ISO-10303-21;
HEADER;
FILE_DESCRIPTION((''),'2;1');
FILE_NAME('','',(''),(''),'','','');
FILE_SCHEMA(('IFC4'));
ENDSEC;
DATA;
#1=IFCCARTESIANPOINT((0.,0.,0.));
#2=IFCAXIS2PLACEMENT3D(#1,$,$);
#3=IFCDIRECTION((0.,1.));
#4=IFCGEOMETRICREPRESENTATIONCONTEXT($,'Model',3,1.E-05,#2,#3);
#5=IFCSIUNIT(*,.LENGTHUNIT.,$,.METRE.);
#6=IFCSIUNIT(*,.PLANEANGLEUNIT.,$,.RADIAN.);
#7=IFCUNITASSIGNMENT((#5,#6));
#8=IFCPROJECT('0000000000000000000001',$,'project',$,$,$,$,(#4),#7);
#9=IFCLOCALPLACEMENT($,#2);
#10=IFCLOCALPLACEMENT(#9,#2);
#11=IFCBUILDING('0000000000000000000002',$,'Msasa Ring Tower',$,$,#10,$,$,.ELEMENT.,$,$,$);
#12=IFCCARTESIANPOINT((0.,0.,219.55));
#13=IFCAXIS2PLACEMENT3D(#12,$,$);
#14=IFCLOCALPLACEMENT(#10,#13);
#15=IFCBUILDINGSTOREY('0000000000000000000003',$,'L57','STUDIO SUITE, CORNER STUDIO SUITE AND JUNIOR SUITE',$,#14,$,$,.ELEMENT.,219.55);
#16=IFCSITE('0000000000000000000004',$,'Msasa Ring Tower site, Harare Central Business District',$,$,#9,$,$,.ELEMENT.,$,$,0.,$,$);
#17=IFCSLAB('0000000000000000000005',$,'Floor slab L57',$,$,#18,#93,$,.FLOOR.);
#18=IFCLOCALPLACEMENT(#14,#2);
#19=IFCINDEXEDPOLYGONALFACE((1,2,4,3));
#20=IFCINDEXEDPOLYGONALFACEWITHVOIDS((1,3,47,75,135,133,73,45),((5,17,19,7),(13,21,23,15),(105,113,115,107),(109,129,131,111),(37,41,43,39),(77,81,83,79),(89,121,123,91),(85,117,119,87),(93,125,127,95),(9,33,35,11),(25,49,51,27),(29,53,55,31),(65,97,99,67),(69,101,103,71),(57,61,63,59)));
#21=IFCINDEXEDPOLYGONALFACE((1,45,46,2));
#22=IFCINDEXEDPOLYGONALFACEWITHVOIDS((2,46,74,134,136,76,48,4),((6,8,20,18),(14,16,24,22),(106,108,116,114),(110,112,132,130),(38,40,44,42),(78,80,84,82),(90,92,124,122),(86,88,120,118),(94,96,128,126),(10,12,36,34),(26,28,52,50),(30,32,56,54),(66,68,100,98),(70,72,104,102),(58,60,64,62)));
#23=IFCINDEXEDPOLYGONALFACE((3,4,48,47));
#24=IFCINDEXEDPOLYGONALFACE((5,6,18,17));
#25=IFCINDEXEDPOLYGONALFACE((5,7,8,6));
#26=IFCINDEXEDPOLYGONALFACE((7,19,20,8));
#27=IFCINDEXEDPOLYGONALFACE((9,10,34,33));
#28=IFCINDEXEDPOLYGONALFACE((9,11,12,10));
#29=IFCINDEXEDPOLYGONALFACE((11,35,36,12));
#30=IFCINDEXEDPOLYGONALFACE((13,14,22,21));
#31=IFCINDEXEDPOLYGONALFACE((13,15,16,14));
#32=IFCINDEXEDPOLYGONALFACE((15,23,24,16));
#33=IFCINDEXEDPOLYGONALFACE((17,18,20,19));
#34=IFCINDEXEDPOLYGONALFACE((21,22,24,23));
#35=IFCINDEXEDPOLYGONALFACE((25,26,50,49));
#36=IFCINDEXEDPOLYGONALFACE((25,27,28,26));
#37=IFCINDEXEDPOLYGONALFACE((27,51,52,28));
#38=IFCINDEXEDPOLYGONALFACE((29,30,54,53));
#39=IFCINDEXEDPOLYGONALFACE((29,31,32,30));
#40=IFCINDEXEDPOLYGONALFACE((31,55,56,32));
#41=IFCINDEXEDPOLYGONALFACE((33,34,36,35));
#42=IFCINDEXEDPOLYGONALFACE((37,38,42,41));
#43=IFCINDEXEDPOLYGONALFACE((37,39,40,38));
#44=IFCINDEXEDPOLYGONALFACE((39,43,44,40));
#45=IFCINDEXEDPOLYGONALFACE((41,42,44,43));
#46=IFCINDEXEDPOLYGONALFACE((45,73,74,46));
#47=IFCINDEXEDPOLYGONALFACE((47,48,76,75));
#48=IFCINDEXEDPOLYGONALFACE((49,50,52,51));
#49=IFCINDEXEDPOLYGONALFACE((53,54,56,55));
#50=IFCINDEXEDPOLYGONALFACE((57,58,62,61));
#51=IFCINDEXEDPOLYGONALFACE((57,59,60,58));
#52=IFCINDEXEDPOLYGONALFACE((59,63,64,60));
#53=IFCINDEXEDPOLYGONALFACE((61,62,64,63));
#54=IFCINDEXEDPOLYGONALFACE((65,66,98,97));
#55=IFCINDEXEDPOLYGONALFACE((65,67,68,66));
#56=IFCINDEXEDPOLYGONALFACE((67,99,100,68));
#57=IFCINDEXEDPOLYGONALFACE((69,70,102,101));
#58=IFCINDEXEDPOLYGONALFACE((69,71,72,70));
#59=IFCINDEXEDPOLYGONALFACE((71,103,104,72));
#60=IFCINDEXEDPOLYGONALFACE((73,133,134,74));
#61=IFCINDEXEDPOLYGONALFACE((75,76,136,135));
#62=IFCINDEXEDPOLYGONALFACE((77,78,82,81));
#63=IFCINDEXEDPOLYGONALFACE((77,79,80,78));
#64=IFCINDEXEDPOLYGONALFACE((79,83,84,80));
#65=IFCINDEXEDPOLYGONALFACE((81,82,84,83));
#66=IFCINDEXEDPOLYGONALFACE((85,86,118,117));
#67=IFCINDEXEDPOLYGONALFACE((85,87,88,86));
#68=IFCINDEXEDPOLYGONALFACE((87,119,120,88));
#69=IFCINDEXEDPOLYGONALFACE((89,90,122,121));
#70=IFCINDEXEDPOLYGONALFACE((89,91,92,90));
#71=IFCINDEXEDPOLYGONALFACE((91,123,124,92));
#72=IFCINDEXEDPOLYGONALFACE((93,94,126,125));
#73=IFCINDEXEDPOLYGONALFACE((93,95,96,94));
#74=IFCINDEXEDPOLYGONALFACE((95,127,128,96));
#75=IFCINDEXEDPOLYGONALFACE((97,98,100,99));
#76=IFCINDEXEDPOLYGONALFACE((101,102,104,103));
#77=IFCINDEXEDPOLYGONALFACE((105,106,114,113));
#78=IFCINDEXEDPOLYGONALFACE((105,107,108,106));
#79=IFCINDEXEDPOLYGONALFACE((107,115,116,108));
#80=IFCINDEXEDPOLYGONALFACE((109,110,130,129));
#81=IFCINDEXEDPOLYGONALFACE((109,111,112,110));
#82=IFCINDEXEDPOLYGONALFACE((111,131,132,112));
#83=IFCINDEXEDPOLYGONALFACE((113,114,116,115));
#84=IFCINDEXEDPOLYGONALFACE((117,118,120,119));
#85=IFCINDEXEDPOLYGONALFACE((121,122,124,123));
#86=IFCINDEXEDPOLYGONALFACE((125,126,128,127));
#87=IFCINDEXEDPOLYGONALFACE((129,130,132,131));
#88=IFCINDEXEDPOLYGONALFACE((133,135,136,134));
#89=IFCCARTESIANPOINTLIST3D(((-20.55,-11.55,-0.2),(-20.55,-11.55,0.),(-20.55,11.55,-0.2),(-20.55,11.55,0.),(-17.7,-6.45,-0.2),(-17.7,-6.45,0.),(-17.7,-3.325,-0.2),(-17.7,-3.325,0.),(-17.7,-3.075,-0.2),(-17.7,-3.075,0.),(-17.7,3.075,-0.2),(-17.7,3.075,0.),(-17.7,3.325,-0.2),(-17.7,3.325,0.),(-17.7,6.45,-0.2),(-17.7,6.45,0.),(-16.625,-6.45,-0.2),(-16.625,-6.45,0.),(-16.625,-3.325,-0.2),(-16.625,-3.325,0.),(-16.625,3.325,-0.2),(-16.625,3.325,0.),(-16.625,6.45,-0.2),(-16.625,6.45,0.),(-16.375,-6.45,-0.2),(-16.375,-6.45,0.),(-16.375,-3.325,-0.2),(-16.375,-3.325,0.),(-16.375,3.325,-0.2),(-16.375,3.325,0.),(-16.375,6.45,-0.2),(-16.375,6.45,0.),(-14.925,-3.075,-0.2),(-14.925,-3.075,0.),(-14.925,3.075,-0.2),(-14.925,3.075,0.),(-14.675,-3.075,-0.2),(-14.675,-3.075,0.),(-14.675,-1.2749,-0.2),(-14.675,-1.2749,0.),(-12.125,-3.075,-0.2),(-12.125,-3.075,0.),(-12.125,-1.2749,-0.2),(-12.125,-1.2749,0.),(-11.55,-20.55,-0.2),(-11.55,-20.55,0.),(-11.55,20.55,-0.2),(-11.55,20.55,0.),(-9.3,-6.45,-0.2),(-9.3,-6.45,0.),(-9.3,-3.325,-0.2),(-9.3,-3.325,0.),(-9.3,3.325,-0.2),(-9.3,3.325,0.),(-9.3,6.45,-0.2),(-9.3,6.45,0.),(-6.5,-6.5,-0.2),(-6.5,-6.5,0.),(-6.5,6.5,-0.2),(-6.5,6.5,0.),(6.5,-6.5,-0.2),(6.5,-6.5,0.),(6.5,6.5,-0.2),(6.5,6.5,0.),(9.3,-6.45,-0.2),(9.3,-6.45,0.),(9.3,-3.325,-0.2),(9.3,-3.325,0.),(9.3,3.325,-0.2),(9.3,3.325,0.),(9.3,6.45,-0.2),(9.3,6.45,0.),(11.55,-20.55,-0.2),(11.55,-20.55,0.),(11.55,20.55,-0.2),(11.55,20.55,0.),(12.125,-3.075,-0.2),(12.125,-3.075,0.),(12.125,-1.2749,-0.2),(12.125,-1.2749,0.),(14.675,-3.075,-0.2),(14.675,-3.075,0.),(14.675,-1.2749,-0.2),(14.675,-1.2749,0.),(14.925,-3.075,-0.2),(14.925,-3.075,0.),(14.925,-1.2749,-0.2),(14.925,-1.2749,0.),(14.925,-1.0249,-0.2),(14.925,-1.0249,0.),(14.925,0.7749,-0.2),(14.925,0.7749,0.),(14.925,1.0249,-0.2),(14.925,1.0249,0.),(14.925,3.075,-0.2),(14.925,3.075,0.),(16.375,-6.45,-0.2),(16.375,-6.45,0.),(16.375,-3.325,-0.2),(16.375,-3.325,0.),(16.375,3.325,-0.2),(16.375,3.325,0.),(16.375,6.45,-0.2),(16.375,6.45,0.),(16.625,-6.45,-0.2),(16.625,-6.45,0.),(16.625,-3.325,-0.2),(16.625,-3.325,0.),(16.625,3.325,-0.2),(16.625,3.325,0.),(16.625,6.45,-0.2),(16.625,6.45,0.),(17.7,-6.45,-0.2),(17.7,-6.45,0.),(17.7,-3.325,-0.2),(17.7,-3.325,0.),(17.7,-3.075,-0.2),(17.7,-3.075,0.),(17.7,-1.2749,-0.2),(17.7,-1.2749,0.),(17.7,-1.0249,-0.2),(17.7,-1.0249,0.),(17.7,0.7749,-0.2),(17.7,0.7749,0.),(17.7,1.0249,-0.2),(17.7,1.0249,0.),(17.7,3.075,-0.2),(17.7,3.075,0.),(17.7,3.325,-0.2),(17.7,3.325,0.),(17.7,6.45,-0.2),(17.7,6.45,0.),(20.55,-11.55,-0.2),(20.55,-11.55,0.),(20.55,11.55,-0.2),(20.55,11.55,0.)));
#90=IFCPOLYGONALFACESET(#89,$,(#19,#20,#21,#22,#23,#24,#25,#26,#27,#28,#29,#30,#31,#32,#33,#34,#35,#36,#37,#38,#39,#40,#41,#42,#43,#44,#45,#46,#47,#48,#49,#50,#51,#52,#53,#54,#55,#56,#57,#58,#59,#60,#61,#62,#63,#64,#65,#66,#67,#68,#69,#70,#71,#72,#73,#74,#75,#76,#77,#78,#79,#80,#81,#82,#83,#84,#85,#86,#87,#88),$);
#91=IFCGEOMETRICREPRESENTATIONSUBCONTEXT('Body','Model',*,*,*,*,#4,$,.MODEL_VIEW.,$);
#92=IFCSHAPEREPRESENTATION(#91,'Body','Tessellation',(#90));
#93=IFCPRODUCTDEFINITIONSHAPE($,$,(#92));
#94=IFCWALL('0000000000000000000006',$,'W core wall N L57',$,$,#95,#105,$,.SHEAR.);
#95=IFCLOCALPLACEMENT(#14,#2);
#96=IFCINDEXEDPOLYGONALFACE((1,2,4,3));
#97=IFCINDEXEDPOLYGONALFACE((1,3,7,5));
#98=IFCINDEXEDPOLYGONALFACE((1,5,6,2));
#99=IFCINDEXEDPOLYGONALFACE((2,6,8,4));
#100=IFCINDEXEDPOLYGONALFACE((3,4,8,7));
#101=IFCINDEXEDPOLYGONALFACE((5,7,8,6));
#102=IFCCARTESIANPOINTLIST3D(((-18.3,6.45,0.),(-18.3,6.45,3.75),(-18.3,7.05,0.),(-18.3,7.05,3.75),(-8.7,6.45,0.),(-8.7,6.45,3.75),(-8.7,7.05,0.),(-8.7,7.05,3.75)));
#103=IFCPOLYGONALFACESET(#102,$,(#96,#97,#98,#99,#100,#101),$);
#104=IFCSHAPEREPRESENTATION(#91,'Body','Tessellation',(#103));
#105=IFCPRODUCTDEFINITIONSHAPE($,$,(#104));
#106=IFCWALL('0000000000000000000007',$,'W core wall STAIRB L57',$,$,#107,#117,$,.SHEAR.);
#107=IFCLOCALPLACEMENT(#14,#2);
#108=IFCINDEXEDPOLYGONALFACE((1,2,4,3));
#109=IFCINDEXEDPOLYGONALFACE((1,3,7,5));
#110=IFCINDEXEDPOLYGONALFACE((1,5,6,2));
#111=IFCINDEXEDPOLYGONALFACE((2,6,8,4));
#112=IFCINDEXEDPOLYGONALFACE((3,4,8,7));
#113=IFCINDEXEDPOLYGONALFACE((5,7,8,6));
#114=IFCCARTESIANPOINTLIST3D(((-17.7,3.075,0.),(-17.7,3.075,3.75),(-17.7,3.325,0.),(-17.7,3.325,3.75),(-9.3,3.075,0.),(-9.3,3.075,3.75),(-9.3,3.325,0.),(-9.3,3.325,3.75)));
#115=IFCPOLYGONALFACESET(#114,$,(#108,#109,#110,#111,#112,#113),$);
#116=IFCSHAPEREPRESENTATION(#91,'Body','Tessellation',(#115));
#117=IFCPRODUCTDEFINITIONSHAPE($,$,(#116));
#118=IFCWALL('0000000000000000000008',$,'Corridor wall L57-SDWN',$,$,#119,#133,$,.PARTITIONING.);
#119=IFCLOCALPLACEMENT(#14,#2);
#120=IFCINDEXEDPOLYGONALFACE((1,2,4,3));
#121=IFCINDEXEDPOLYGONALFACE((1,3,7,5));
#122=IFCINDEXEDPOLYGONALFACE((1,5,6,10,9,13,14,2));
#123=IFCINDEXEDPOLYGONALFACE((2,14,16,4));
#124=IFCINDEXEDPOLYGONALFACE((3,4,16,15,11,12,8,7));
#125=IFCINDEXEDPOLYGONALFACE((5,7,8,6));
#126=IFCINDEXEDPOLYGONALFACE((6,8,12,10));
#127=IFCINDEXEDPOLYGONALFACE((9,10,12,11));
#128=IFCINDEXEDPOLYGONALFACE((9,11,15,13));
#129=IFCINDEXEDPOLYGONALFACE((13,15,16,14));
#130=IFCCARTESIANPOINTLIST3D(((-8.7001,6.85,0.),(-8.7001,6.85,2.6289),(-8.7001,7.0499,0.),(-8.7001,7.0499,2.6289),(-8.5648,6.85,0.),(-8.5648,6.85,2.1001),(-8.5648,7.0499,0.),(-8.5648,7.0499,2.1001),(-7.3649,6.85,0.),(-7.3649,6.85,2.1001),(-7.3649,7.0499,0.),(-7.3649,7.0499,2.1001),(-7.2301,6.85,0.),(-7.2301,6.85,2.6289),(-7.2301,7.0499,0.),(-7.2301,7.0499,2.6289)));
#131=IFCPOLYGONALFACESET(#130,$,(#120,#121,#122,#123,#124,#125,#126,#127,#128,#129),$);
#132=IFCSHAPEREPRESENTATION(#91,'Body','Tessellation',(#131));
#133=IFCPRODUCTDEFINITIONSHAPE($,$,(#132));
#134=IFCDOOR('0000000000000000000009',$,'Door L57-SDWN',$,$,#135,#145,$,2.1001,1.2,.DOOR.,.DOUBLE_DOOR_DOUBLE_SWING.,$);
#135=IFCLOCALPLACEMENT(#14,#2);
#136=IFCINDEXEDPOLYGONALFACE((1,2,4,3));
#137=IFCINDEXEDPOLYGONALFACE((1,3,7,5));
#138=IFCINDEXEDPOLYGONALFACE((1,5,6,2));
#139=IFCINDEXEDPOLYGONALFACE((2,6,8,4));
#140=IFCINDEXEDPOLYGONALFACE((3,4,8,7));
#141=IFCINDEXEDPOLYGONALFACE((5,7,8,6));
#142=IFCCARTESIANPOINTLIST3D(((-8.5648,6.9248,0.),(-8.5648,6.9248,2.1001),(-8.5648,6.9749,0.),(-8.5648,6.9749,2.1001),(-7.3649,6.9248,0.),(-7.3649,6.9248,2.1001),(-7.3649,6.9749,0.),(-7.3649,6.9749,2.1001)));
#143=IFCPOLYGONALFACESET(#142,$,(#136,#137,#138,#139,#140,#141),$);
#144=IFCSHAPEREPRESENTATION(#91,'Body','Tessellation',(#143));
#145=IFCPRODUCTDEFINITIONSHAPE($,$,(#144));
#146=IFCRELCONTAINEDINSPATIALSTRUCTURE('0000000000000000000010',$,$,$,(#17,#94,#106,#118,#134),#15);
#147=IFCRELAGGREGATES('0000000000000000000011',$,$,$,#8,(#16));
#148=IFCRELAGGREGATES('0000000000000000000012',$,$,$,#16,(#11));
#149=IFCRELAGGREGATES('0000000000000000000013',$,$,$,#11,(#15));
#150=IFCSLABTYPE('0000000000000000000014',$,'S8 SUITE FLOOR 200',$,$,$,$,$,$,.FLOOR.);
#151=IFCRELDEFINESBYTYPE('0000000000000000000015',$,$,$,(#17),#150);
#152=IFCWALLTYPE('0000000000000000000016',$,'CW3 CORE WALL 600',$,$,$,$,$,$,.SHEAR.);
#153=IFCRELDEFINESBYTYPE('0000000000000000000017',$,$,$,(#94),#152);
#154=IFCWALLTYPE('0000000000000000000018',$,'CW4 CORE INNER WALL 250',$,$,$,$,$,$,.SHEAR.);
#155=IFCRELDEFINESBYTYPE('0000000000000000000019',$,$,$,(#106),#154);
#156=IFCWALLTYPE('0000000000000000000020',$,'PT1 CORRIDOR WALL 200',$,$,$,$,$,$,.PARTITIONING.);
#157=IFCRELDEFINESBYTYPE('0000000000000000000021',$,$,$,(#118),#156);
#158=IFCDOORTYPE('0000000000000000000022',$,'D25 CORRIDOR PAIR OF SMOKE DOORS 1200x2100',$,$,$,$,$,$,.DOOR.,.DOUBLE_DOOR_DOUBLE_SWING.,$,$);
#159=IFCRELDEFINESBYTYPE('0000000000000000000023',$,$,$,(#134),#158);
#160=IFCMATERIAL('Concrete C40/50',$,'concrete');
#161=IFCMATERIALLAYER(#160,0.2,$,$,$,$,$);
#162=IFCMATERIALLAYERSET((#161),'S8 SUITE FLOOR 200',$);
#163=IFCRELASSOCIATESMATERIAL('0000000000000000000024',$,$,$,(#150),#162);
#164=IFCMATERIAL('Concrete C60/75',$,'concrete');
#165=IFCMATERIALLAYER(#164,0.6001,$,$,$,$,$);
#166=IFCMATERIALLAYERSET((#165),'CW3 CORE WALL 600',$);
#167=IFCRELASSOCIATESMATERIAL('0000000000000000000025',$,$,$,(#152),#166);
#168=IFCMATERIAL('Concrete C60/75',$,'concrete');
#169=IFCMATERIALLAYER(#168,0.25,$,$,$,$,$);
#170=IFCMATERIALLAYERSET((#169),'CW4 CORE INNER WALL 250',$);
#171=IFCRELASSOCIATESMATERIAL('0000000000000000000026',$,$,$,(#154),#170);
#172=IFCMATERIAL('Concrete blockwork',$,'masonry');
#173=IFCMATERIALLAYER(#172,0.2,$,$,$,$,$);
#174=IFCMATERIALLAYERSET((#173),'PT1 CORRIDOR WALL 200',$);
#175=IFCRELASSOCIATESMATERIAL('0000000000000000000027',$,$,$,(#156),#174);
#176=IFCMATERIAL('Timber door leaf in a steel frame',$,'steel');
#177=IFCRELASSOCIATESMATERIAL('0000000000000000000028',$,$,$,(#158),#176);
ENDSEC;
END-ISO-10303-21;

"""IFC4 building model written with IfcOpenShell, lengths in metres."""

from ifc_helpers import new_model, si_unit, direction, frame, frame_2d, origin, place, context, subcontext, project, spatial, polyline, rectangle, outline, extrude, material, layer, layer_set, type_object, element, fill, save


model = new_model("IFC4")

# Units and contexts
model_context = context("Model", 3, precision=1e-05, world=origin(), true_north=direction((0.0, 1.0)))
body_context = subcontext(model_context, "Body", "Model", "MODEL_VIEW")
ifc_project = project(units=[si_unit("LENGTHUNIT", "METRE"), si_unit("PLANEANGLEUNIT", "RADIAN")], contexts=[model_context])

# Site, building, storey
site_placement = place(None, origin())
site = spatial("IfcSite", under=ifc_project, at=site_placement, Name="Msasa Ring Tower site, Harare Central Business District", CompositionType="ELEMENT", RefElevation=0.0)
building_placement = place(site_placement, origin())
building = spatial("IfcBuilding", under=site, at=building_placement, Name="Msasa Ring Tower", CompositionType="ELEMENT")
storey_placement = place(building_placement, frame((0.0, 0.0, 219.55)))
storey = spatial("IfcBuildingStorey", under=building, at=storey_placement, Name="L57", Description="STUDIO SUITE, CORNER STUDIO SUITE AND JUNIOR SUITE", CompositionType="ELEMENT", Elevation=219.55)

# Slab
ifc_material_1 = material(Name="Concrete C40/50", Category="concrete")
ifc_layer_1 = layer(ifc_material_1, 0.2)
ifc_layer_set_1 = layer_set([ifc_layer_1], Name="S8 SUITE FLOOR 200")
slab_type = type_object("IfcSlabType", Name="S8 SUITE FLOOR 200", PredefinedType="FLOOR", material=ifc_layer_set_1)
slab_placement = place(storey_placement, frame((0.0, 0.0, -0.2)))
element("IfcSlab", 1, at=slab_placement, inside=storey, type_object=slab_type, Name="Floor slab L57", PredefinedType="FLOOR", context=body_context, shape_type="SweptSolid", body=[
    extrude(outline(polyline([(-11.55, -20.55), (11.55, -20.55), (20.55, -11.55), (20.55, 11.55), (11.55, 20.55), (-11.55, 20.55), (-20.55, 11.55), (-20.55, -11.55), (-11.55, -20.55)]), holes=[polyline([(-6.5, -6.5), (6.5, -6.5), (6.5, 6.5), (-6.5, 6.5), (-6.5, -6.5)]), polyline([(9.3, -6.45), (16.375, -6.45), (16.375, -3.325), (9.3, -3.325), (9.3, -6.45)]), polyline([(9.3, 3.325), (16.375, 3.325), (16.375, 6.45), (9.3, 6.45), (9.3, 3.325)]), polyline([(12.125, -3.075), (14.675, -3.075), (14.675, -1.2749), (12.125, -1.2749), (12.125, -3.075)]), polyline([(16.625, -6.45), (17.7, -6.45), (17.7, -3.325), (16.625, -3.325), (16.625, -6.45)]), polyline([(16.625, 3.325), (17.7, 3.325), (17.7, 6.45), (16.625, 6.45), (16.625, 3.325)]), polyline([(14.925, -3.075), (17.7, -3.075), (17.7, -1.2749), (14.925, -1.2749), (14.925, -3.075)]), polyline([(14.925, -1.0249), (17.7, -1.0249), (17.7, 0.7749), (14.925, 0.7749), (14.925, -1.0249)]), polyline([(14.925, 1.0249), (17.7, 1.0249), (17.7, 3.075), (14.925, 3.075), (14.925, 1.0249)]), polyline([(-16.375, -6.45), (-9.3, -6.45), (-9.3, -3.325), (-16.375, -3.325), (-16.375, -6.45)]), polyline([(-16.375, 3.325), (-9.3, 3.325), (-9.3, 6.45), (-16.375, 6.45), (-16.375, 3.325)]), polyline([(-14.675, -3.075), (-12.125, -3.075), (-12.125, -1.2749), (-14.675, -1.2749), (-14.675, -3.075)]), polyline([(-17.7, -6.45), (-16.625, -6.45), (-16.625, -3.325), (-17.7, -3.325), (-17.7, -6.45)]), polyline([(-17.7, 3.325), (-16.625, 3.325), (-16.625, 6.45), (-17.7, 6.45), (-17.7, 3.325)]), polyline([(-17.7, -3.075), (-14.925, -3.075), (-14.925, 3.075), (-17.7, 3.075), (-17.7, -3.075)])]), origin(), (0.0, 0.0, 1.0), 0.2),
])

# Walls
ifc_material_2 = material(Name="Concrete C60/75", Category="concrete")
ifc_layer_2 = layer(ifc_material_2, 0.6001)
ifc_layer_set_2 = layer_set([ifc_layer_2], Name="CW3 CORE WALL 600")
wall_type_1 = type_object("IfcWallType", Name="CW3 CORE WALL 600", PredefinedType="SHEAR", material=ifc_layer_set_2)
wall_1_placement = place(storey_placement, frame((-8.7, 6.75, 0.0), z_axis=(0.0, 0.0, 1.0), x_axis=(-1.0, 0.0, 0.0)))
element("IfcWall", 2, at=wall_1_placement, inside=storey, type_object=wall_type_1, Name="W core wall N L57", PredefinedType="SHEAR", context=body_context, shape_type="SweptSolid", body=[
    extrude(rectangle(XDim=9.6001, YDim=0.6001, at=frame_2d((4.8, 0.0))), origin(), (0.0, 0.0, 1.0), 3.75),
])
ifc_material_3 = material(Name="Concrete C60/75", Category="concrete")
ifc_layer_3 = layer(ifc_material_3, 0.25)
ifc_layer_set_3 = layer_set([ifc_layer_3], Name="CW4 CORE INNER WALL 250")
wall_type_2 = type_object("IfcWallType", Name="CW4 CORE INNER WALL 250", PredefinedType="SHEAR", material=ifc_layer_set_3)
wall_2_placement = place(storey_placement, frame((-9.3, 3.2, 0.0), z_axis=(0.0, 0.0, 1.0), x_axis=(-1.0, 0.0, 0.0)))
element("IfcWall", 3, at=wall_2_placement, inside=storey, type_object=wall_type_2, Name="W core wall STAIRB L57", PredefinedType="SHEAR", context=body_context, shape_type="SweptSolid", body=[
    extrude(rectangle(XDim=8.3999, YDim=0.25, at=frame_2d((4.2, 0.0))), origin(), (0.0, 0.0, 1.0), 3.75),
])

# Wall, opening, door
ifc_material_4 = material(Name="Concrete blockwork", Category="masonry")
ifc_layer_4 = layer(ifc_material_4, 0.2)
ifc_layer_set_4 = layer_set([ifc_layer_4], Name="PT1 CORRIDOR WALL 200")
wall_type_3 = type_object("IfcWallType", Name="PT1 CORRIDOR WALL 200", PredefinedType="PARTITIONING", material=ifc_layer_set_4)
wall_3_placement = place(storey_placement, frame((-8.7, 6.95, 0.0), z_axis=(0.0, 0.0, 1.0), x_axis=(1.0, 0.0, 0.0)))
wall_3 = element("IfcWall", 4, at=wall_3_placement, inside=storey, type_object=wall_type_3, Name="Corridor wall L57-SDWN", PredefinedType="PARTITIONING", context=body_context, shape_type="SweptSolid", body=[
    extrude(rectangle(XDim=1.47, YDim=0.2, at=frame_2d((0.7349, 0.0))), origin(), (0.0, 0.0, 1.0), 2.6289),
])
opening_placement = place(wall_3_placement, frame((0.135, 0.0, 0.0)))
opening = element("IfcOpeningElement", 5, at=opening_placement, cuts=wall_3, PredefinedType="OPENING", context=body_context, shape_type="SweptSolid", body=[
    extrude(rectangle(XDim=1.2, YDim=2.1001, at=frame_2d((0.6001, 1.05))), frame((0.0, 0.1099, 0.0), z_axis=(0.0, -1.0, 0.0), x_axis=(1.0, 0.0, 0.0)), (0.0, 0.0, 1.0), 0.22),
])
ifc_material_5 = material(Name="Timber door leaf in a steel frame", Category="steel")
door_type = type_object("IfcDoorType", Name="D25 CORRIDOR PAIR OF SMOKE DOORS 1200x2100", OperationType="DOUBLE_DOOR_DOUBLE_SWING", PredefinedType="DOOR", material=ifc_material_5)
door_placement = place(opening_placement, origin())
door = element("IfcDoor", 6, at=door_placement, inside=storey, type_object=door_type, Name="Door L57-SDWN", OperationType="DOUBLE_DOOR_DOUBLE_SWING", OverallHeight=2.1001, OverallWidth=1.2, PredefinedType="DOOR", context=body_context, shape_type="SweptSolid", body=[
    extrude(rectangle(XDim=1.2, YDim=2.1001, at=frame_2d((0.6001, 1.05))), frame((0.0, 0.0249, 0.0), z_axis=(0.0, -1.0, 0.0), x_axis=(1.0, 0.0, 0.0)), (0.0, 0.0, 1.0), 0.05),
])
fill(opening, door)

save(model, "model.ifc")
